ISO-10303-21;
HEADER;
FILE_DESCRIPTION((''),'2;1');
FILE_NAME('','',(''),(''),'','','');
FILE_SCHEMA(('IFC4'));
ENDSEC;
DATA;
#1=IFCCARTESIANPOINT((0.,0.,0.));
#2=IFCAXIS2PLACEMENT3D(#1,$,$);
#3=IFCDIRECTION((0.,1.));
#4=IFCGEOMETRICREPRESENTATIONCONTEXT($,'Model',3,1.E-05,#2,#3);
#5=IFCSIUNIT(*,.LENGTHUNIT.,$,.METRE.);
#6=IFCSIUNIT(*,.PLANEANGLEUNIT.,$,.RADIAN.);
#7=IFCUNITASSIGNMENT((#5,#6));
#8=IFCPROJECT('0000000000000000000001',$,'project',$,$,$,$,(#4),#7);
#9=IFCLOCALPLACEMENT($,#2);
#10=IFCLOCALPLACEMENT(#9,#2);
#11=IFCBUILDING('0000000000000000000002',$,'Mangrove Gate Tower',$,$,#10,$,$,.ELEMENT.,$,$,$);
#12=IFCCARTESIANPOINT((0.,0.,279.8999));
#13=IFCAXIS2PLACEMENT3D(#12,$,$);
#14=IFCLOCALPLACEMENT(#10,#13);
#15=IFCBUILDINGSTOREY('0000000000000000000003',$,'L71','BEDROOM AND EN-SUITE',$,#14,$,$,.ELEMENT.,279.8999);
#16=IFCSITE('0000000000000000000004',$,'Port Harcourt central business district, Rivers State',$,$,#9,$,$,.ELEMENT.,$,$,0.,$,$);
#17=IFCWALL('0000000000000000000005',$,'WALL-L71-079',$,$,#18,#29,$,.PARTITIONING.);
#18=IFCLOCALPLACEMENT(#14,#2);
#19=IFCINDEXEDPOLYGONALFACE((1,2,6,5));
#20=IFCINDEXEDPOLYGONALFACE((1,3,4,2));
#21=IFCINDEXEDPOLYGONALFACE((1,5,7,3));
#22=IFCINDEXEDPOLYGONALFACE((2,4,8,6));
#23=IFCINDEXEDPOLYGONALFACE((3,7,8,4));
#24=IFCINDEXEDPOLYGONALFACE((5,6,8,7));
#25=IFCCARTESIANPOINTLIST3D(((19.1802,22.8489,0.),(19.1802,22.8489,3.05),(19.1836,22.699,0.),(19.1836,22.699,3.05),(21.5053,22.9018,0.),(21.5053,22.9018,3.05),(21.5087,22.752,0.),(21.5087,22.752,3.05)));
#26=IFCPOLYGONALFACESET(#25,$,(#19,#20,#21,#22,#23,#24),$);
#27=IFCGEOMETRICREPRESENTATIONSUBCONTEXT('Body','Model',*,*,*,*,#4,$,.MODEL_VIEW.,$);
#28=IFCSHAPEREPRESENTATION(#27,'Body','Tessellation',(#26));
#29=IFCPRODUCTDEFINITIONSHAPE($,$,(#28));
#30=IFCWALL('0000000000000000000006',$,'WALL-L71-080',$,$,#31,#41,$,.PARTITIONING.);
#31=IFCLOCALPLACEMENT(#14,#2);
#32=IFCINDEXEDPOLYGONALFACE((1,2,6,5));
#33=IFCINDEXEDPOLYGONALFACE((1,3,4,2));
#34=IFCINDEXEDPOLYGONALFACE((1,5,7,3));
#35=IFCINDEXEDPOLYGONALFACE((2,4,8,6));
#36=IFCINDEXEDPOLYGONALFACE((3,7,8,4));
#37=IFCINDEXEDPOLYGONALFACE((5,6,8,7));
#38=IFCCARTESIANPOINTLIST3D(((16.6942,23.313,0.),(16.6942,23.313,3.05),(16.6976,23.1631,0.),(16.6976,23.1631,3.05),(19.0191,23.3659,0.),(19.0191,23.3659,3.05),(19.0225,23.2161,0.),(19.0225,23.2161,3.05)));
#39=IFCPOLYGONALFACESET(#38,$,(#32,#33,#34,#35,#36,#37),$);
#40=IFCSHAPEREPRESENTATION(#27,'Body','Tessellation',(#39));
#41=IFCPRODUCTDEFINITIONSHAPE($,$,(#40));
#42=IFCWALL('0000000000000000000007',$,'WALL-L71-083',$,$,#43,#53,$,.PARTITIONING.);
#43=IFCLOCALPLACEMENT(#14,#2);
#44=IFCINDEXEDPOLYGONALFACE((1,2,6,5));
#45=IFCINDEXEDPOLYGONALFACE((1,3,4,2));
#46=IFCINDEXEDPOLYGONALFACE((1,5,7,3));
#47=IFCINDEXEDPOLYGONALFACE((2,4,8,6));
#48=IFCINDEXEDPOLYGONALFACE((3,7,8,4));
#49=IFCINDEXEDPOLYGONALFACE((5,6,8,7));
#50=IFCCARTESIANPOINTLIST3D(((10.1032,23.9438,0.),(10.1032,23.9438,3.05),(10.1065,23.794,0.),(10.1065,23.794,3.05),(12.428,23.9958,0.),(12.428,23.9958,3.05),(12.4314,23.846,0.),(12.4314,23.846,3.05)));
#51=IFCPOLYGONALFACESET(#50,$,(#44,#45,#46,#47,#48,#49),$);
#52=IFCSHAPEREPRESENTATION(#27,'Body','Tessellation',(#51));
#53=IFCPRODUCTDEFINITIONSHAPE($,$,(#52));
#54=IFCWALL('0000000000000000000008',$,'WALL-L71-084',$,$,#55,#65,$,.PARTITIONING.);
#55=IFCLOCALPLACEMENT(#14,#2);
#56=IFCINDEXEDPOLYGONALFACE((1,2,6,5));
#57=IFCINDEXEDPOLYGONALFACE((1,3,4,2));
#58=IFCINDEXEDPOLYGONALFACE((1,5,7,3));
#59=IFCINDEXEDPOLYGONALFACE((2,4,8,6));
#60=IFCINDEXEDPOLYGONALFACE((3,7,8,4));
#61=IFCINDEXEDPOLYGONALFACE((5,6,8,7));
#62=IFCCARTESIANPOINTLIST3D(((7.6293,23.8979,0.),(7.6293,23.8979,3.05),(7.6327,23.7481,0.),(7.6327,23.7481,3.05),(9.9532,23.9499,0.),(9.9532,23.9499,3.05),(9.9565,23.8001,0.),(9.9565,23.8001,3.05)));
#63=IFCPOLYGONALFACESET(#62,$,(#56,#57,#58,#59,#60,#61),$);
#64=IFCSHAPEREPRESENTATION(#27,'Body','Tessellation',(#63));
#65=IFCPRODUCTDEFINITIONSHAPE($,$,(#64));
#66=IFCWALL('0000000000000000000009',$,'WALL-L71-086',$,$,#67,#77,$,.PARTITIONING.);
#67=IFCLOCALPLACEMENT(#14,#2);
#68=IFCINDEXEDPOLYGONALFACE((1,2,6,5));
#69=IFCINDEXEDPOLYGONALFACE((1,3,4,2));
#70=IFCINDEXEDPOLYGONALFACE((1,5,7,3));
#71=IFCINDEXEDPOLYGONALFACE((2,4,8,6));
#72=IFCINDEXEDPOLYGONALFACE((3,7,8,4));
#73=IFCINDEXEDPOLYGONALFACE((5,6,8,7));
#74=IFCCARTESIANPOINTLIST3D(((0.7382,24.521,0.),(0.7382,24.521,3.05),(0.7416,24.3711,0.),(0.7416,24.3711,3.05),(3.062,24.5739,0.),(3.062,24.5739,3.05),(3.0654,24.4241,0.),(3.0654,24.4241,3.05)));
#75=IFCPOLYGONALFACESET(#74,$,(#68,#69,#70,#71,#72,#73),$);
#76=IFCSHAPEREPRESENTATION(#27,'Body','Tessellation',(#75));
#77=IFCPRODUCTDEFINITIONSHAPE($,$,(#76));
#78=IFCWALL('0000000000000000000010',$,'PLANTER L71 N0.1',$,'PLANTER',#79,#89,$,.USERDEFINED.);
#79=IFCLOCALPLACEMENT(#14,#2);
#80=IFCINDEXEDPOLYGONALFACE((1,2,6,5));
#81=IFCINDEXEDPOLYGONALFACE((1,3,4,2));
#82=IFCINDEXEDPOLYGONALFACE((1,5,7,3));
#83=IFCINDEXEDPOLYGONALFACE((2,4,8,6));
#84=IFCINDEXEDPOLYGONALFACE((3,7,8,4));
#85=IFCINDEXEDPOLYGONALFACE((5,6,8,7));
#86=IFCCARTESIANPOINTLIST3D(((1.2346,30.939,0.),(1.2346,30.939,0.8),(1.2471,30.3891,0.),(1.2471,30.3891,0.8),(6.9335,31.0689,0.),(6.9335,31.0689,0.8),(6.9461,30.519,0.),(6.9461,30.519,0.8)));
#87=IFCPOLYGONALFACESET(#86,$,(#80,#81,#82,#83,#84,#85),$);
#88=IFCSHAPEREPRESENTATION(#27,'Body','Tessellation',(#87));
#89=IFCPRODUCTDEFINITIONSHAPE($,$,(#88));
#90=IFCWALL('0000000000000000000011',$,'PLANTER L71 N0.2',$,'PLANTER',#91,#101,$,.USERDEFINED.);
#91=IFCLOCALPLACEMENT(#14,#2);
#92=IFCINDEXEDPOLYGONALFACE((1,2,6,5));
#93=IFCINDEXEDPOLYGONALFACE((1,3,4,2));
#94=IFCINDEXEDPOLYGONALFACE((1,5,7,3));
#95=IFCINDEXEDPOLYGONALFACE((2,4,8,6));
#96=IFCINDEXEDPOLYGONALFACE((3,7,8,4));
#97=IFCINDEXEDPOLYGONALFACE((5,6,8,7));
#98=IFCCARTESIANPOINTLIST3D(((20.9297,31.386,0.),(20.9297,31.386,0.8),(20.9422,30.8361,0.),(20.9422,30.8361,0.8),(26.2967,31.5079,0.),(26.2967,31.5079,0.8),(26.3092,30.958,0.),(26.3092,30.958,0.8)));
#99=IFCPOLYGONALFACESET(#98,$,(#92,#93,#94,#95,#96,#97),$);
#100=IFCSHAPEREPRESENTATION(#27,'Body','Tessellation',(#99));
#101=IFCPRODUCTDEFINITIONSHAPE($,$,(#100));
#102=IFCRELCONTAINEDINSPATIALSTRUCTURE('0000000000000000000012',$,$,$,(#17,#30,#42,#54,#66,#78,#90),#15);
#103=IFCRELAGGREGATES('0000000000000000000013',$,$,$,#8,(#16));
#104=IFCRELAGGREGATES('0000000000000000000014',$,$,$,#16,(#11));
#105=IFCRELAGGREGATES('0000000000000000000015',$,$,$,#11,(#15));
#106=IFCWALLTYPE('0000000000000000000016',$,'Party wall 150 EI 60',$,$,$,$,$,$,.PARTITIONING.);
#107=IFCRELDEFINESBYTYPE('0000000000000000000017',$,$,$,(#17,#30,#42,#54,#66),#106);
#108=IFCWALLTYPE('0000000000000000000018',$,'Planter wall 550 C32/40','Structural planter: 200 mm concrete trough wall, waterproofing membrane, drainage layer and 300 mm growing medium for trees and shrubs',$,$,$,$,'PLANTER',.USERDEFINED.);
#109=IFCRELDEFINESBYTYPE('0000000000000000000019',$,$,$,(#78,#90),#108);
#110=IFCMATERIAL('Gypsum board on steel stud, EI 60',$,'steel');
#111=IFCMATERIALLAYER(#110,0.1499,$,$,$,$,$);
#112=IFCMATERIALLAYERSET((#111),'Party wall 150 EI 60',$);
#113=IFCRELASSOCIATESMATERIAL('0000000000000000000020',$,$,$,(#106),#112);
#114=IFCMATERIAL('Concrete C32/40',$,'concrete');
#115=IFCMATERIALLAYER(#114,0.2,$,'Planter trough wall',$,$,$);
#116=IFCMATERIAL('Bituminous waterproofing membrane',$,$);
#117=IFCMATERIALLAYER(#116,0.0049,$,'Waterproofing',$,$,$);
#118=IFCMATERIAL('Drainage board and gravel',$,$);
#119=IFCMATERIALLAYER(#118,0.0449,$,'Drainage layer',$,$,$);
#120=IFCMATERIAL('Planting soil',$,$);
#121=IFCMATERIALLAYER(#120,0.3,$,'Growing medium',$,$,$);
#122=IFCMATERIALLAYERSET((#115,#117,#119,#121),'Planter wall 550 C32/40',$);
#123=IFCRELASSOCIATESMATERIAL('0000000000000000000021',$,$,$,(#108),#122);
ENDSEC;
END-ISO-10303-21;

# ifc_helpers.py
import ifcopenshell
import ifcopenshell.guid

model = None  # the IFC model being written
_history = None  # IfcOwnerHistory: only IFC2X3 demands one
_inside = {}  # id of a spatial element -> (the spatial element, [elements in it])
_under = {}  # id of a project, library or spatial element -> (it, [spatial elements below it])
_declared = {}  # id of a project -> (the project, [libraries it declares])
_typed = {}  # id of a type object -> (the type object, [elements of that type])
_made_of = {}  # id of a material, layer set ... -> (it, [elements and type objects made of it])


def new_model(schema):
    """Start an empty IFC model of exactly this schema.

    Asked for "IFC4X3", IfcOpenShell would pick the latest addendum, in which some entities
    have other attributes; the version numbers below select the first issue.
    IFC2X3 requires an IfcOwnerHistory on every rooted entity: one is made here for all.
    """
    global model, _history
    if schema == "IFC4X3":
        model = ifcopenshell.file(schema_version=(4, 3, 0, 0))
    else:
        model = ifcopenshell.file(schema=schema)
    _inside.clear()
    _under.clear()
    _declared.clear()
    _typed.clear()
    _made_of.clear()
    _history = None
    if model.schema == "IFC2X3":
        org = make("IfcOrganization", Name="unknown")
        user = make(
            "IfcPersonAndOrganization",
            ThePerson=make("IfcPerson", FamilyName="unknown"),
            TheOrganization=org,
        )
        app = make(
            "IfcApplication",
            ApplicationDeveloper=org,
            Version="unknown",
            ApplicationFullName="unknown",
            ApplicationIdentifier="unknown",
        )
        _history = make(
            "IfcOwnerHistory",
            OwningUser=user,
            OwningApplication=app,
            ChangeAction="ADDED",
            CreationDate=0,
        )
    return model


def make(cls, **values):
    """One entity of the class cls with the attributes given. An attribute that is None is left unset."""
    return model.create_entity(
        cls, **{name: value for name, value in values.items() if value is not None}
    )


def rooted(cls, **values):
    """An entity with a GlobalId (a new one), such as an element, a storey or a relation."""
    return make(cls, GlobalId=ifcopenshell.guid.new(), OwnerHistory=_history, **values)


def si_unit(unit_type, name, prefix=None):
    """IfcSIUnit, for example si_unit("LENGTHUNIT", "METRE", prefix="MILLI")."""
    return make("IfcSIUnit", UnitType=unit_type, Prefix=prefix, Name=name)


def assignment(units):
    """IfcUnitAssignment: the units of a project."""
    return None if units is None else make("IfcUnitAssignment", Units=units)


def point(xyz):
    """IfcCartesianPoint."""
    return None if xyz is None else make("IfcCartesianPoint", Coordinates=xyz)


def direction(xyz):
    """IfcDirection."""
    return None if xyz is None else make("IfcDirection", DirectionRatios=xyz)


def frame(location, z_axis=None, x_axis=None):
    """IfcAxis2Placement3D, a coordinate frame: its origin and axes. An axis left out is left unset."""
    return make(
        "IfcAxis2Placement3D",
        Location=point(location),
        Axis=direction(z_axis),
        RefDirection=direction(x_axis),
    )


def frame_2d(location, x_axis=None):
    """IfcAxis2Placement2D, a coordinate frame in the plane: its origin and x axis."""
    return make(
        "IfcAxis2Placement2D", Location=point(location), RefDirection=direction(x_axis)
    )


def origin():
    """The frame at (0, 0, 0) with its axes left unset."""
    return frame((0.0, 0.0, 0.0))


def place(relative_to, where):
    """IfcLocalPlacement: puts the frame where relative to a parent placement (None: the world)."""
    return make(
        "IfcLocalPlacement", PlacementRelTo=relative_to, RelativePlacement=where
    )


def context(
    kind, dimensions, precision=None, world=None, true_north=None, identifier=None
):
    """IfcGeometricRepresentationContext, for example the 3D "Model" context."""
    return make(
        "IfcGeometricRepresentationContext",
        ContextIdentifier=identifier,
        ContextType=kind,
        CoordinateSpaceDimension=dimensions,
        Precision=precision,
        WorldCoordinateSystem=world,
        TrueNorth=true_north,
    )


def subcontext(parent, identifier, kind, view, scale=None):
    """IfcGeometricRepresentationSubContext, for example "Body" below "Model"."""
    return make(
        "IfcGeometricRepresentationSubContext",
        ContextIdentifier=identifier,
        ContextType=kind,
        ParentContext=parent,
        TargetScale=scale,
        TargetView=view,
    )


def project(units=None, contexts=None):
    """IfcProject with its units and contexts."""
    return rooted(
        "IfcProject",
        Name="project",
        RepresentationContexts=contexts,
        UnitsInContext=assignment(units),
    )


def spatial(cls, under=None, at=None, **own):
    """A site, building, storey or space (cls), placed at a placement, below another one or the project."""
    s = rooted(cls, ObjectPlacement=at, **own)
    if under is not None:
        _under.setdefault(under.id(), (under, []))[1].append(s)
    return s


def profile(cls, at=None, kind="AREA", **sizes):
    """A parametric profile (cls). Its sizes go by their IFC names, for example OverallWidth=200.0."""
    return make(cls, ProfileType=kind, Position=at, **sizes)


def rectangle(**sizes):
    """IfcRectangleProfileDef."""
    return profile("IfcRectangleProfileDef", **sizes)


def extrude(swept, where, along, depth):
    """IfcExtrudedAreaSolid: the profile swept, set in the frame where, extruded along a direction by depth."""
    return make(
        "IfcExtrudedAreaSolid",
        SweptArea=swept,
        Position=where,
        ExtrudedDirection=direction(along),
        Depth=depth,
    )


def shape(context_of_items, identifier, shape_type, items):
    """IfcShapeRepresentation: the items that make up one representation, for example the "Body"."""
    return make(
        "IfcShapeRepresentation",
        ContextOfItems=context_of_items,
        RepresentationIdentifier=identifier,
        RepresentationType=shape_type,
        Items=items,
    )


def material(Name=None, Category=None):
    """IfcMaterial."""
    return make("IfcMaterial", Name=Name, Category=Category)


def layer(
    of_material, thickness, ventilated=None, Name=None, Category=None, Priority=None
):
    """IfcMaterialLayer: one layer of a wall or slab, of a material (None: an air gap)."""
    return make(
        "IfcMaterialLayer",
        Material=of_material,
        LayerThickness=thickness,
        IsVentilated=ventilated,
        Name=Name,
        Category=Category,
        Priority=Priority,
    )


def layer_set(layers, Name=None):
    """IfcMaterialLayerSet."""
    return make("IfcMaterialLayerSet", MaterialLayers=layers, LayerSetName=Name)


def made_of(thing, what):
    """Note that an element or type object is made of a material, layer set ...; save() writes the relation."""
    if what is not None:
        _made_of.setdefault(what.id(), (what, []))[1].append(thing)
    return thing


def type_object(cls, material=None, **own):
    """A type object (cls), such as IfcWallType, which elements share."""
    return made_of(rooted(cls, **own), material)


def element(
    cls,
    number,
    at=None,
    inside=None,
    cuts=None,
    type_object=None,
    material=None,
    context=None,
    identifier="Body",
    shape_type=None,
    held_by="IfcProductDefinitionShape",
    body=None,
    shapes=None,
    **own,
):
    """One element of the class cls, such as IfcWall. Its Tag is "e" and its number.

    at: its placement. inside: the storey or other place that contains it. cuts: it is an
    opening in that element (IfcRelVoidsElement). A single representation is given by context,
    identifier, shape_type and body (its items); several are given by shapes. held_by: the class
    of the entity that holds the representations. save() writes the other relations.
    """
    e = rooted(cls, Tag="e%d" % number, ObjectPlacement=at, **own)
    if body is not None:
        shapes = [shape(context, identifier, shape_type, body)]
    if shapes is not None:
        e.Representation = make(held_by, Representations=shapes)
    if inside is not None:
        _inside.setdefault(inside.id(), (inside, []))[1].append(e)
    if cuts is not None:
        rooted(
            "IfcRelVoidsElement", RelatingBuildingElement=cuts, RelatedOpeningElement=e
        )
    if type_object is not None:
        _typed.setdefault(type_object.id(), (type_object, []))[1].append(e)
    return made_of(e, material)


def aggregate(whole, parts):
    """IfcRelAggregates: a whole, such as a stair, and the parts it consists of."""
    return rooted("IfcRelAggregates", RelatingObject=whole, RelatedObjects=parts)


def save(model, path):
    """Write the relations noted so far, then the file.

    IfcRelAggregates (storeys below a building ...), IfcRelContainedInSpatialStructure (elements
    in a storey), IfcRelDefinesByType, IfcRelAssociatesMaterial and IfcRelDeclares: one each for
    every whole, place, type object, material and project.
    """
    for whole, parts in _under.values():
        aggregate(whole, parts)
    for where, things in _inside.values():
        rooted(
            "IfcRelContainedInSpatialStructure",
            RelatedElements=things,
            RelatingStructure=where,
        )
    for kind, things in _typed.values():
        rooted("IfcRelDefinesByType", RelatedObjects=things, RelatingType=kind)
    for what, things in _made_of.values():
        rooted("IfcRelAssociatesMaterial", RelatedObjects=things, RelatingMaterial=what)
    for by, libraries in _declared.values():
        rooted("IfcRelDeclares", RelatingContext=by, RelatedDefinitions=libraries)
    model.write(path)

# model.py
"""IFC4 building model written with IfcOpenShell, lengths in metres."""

from ifc_helpers import new_model, si_unit, direction, frame, frame_2d, origin, place, context, subcontext, project, spatial, rectangle, extrude, material, layer, layer_set, type_object, element, save


model = new_model("IFC4")

# Units and contexts
model_context = context("Model", 3, precision=1e-05, world=origin(), true_north=direction((0.0, 1.0)))
body_context = subcontext(model_context, "Body", "Model", "MODEL_VIEW")
ifc_project = project(units=[si_unit("LENGTHUNIT", "METRE"), si_unit("PLANEANGLEUNIT", "RADIAN")], contexts=[model_context])

# Site, building, storey
site_placement = place(None, origin())
site = spatial("IfcSite", under=ifc_project, at=site_placement, Name="Port Harcourt central business district, Rivers State", CompositionType="ELEMENT", RefElevation=0.0)
building_placement = place(site_placement, origin())
building = spatial("IfcBuilding", under=site, at=building_placement, Name="Mangrove Gate Tower", CompositionType="ELEMENT")
storey_placement = place(building_placement, frame((0.0, 0.0, 279.8999)))
storey = spatial("IfcBuildingStorey", under=building, at=storey_placement, Name="L71", Description="BEDROOM AND EN-SUITE", CompositionType="ELEMENT", Elevation=279.8999)

# Shared definitions
ifc_material_1 = material(Name="Gypsum board on steel stud, EI 60", Category="steel")
ifc_layer_1 = layer(ifc_material_1, 0.1499)
ifc_layer_set_1 = layer_set([ifc_layer_1], Name="Party wall 150 EI 60")
wall_type_1 = type_object("IfcWallType", Name="Party wall 150 EI 60", PredefinedType="PARTITIONING", material=ifc_layer_set_1)

# Walls
wall_1_placement = place(storey_placement, frame((19.1819, 22.7739, 0.0), z_axis=(0.0, 0.0, 1.0), x_axis=(0.999741, 0.022779, 0.0)))
element("IfcWall", 1, at=wall_1_placement, inside=storey, type_object=wall_type_1, Name="WALL-L71-079", PredefinedType="PARTITIONING", context=body_context, shape_type="SweptSolid", body=[
    extrude(rectangle(XDim=2.3257, YDim=0.1499, at=frame_2d((1.1628, 0.0))), origin(), (0.0, 0.0, 1.0), 3.05),
])
for number, where, z_axis, x_axis, name in (
    (2, (16.696, 23.238, 0.0), (0.0, 0.0, 1.0), (0.99974, 0.022781, 0.0), "WALL-L71-080"),
    (3, (10.105, 23.8689, 0.0), (0.0, 0.0, 1.0), (0.99975, 0.022361, 0.0), "WALL-L71-083"),
):
    element("IfcWall", number, at=place(storey_placement, frame(where, z_axis=z_axis, x_axis=x_axis)), inside=storey, type_object=wall_type_1, Name=name, PredefinedType="PARTITIONING", context=body_context, shape_type="SweptSolid", body=[
        extrude(rectangle(XDim=2.3254, YDim=0.1499, at=frame_2d((1.1626, 0.0))), origin(), (0.0, 0.0, 1.0), 3.05),
    ])
for number, where, z_axis, x_axis, name in (
    (4, (7.6311, 23.823, 0.0), (0.0, 0.0, 1.0), (0.99975, 0.022371, 0.0), "WALL-L71-084"),
    (5, (0.74, 24.446, 0.0), (0.0, 0.0, 1.0), (0.99974, 0.022791, 0.0), "WALL-L71-086"),
):
    element("IfcWall", number, at=place(storey_placement, frame(where, z_axis=z_axis, x_axis=x_axis)), inside=storey, type_object=wall_type_1, Name=name, PredefinedType="PARTITIONING", context=body_context, shape_type="SweptSolid", body=[
        extrude(rectangle(XDim=2.3245, YDim=0.1499, at=frame_2d((1.1621, 0.0))), origin(), (0.0, 0.0, 1.0), 3.05),
    ])
ifc_material_2 = material(Name="Concrete C32/40", Category="concrete")
ifc_layer_2 = layer(ifc_material_2, 0.2, Name="Planter trough wall")
ifc_material_3 = material(Name="Bituminous waterproofing membrane")
ifc_layer_3 = layer(ifc_material_3, 0.0049, Name="Waterproofing")
ifc_material_4 = material(Name="Drainage board and gravel")
ifc_layer_4 = layer(ifc_material_4, 0.0449, Name="Drainage layer")
ifc_material_5 = material(Name="Planting soil")
ifc_layer_5 = layer(ifc_material_5, 0.3, Name="Growing medium")
ifc_layer_set_2 = layer_set([ifc_layer_2, ifc_layer_3, ifc_layer_4, ifc_layer_5], Name="Planter wall 550 C32/40")
wall_type_2 = type_object("IfcWallType", Name="Planter wall 550 C32/40", Description="Structural planter: 200 mm concrete trough wall, waterproofing membrane, drainage layer and 300 mm growing medium for trees and shrubs", ElementType="PLANTER", PredefinedType="USERDEFINED", material=ifc_layer_set_2)
wall_2_placement = place(storey_placement, frame((1.241, 30.6641, 0.0), z_axis=(0.0, 0.0, 1.0), x_axis=(0.99974, 0.022785, 0.0)))
element("IfcWall", 6, at=wall_2_placement, inside=storey, type_object=wall_type_2, Name="PLANTER L71 N0.1", ObjectType="PLANTER", PredefinedType="USERDEFINED", context=body_context, shape_type="SweptSolid", body=[
    extrude(rectangle(XDim=5.7004, YDim=0.55, at=frame_2d((2.8501, 0.0))), origin(), (0.0, 0.0, 1.0), 0.8),
])
wall_3_placement = place(storey_placement, frame((20.936, 31.1111, 0.0), z_axis=(0.0, 0.0, 1.0), x_axis=(0.999742, 0.022694, 0.0)))
element("IfcWall", 7, at=wall_3_placement, inside=storey, type_object=wall_type_2, Name="PLANTER L71 N0.2", ObjectType="PLANTER", PredefinedType="USERDEFINED", context=body_context, shape_type="SweptSolid", body=[
    extrude(rectangle(XDim=5.3684, YDim=0.55, at=frame_2d((2.6841, 0.0))), origin(), (0.0, 0.0, 1.0), 0.8),
])

save(model, "model.ifc")
